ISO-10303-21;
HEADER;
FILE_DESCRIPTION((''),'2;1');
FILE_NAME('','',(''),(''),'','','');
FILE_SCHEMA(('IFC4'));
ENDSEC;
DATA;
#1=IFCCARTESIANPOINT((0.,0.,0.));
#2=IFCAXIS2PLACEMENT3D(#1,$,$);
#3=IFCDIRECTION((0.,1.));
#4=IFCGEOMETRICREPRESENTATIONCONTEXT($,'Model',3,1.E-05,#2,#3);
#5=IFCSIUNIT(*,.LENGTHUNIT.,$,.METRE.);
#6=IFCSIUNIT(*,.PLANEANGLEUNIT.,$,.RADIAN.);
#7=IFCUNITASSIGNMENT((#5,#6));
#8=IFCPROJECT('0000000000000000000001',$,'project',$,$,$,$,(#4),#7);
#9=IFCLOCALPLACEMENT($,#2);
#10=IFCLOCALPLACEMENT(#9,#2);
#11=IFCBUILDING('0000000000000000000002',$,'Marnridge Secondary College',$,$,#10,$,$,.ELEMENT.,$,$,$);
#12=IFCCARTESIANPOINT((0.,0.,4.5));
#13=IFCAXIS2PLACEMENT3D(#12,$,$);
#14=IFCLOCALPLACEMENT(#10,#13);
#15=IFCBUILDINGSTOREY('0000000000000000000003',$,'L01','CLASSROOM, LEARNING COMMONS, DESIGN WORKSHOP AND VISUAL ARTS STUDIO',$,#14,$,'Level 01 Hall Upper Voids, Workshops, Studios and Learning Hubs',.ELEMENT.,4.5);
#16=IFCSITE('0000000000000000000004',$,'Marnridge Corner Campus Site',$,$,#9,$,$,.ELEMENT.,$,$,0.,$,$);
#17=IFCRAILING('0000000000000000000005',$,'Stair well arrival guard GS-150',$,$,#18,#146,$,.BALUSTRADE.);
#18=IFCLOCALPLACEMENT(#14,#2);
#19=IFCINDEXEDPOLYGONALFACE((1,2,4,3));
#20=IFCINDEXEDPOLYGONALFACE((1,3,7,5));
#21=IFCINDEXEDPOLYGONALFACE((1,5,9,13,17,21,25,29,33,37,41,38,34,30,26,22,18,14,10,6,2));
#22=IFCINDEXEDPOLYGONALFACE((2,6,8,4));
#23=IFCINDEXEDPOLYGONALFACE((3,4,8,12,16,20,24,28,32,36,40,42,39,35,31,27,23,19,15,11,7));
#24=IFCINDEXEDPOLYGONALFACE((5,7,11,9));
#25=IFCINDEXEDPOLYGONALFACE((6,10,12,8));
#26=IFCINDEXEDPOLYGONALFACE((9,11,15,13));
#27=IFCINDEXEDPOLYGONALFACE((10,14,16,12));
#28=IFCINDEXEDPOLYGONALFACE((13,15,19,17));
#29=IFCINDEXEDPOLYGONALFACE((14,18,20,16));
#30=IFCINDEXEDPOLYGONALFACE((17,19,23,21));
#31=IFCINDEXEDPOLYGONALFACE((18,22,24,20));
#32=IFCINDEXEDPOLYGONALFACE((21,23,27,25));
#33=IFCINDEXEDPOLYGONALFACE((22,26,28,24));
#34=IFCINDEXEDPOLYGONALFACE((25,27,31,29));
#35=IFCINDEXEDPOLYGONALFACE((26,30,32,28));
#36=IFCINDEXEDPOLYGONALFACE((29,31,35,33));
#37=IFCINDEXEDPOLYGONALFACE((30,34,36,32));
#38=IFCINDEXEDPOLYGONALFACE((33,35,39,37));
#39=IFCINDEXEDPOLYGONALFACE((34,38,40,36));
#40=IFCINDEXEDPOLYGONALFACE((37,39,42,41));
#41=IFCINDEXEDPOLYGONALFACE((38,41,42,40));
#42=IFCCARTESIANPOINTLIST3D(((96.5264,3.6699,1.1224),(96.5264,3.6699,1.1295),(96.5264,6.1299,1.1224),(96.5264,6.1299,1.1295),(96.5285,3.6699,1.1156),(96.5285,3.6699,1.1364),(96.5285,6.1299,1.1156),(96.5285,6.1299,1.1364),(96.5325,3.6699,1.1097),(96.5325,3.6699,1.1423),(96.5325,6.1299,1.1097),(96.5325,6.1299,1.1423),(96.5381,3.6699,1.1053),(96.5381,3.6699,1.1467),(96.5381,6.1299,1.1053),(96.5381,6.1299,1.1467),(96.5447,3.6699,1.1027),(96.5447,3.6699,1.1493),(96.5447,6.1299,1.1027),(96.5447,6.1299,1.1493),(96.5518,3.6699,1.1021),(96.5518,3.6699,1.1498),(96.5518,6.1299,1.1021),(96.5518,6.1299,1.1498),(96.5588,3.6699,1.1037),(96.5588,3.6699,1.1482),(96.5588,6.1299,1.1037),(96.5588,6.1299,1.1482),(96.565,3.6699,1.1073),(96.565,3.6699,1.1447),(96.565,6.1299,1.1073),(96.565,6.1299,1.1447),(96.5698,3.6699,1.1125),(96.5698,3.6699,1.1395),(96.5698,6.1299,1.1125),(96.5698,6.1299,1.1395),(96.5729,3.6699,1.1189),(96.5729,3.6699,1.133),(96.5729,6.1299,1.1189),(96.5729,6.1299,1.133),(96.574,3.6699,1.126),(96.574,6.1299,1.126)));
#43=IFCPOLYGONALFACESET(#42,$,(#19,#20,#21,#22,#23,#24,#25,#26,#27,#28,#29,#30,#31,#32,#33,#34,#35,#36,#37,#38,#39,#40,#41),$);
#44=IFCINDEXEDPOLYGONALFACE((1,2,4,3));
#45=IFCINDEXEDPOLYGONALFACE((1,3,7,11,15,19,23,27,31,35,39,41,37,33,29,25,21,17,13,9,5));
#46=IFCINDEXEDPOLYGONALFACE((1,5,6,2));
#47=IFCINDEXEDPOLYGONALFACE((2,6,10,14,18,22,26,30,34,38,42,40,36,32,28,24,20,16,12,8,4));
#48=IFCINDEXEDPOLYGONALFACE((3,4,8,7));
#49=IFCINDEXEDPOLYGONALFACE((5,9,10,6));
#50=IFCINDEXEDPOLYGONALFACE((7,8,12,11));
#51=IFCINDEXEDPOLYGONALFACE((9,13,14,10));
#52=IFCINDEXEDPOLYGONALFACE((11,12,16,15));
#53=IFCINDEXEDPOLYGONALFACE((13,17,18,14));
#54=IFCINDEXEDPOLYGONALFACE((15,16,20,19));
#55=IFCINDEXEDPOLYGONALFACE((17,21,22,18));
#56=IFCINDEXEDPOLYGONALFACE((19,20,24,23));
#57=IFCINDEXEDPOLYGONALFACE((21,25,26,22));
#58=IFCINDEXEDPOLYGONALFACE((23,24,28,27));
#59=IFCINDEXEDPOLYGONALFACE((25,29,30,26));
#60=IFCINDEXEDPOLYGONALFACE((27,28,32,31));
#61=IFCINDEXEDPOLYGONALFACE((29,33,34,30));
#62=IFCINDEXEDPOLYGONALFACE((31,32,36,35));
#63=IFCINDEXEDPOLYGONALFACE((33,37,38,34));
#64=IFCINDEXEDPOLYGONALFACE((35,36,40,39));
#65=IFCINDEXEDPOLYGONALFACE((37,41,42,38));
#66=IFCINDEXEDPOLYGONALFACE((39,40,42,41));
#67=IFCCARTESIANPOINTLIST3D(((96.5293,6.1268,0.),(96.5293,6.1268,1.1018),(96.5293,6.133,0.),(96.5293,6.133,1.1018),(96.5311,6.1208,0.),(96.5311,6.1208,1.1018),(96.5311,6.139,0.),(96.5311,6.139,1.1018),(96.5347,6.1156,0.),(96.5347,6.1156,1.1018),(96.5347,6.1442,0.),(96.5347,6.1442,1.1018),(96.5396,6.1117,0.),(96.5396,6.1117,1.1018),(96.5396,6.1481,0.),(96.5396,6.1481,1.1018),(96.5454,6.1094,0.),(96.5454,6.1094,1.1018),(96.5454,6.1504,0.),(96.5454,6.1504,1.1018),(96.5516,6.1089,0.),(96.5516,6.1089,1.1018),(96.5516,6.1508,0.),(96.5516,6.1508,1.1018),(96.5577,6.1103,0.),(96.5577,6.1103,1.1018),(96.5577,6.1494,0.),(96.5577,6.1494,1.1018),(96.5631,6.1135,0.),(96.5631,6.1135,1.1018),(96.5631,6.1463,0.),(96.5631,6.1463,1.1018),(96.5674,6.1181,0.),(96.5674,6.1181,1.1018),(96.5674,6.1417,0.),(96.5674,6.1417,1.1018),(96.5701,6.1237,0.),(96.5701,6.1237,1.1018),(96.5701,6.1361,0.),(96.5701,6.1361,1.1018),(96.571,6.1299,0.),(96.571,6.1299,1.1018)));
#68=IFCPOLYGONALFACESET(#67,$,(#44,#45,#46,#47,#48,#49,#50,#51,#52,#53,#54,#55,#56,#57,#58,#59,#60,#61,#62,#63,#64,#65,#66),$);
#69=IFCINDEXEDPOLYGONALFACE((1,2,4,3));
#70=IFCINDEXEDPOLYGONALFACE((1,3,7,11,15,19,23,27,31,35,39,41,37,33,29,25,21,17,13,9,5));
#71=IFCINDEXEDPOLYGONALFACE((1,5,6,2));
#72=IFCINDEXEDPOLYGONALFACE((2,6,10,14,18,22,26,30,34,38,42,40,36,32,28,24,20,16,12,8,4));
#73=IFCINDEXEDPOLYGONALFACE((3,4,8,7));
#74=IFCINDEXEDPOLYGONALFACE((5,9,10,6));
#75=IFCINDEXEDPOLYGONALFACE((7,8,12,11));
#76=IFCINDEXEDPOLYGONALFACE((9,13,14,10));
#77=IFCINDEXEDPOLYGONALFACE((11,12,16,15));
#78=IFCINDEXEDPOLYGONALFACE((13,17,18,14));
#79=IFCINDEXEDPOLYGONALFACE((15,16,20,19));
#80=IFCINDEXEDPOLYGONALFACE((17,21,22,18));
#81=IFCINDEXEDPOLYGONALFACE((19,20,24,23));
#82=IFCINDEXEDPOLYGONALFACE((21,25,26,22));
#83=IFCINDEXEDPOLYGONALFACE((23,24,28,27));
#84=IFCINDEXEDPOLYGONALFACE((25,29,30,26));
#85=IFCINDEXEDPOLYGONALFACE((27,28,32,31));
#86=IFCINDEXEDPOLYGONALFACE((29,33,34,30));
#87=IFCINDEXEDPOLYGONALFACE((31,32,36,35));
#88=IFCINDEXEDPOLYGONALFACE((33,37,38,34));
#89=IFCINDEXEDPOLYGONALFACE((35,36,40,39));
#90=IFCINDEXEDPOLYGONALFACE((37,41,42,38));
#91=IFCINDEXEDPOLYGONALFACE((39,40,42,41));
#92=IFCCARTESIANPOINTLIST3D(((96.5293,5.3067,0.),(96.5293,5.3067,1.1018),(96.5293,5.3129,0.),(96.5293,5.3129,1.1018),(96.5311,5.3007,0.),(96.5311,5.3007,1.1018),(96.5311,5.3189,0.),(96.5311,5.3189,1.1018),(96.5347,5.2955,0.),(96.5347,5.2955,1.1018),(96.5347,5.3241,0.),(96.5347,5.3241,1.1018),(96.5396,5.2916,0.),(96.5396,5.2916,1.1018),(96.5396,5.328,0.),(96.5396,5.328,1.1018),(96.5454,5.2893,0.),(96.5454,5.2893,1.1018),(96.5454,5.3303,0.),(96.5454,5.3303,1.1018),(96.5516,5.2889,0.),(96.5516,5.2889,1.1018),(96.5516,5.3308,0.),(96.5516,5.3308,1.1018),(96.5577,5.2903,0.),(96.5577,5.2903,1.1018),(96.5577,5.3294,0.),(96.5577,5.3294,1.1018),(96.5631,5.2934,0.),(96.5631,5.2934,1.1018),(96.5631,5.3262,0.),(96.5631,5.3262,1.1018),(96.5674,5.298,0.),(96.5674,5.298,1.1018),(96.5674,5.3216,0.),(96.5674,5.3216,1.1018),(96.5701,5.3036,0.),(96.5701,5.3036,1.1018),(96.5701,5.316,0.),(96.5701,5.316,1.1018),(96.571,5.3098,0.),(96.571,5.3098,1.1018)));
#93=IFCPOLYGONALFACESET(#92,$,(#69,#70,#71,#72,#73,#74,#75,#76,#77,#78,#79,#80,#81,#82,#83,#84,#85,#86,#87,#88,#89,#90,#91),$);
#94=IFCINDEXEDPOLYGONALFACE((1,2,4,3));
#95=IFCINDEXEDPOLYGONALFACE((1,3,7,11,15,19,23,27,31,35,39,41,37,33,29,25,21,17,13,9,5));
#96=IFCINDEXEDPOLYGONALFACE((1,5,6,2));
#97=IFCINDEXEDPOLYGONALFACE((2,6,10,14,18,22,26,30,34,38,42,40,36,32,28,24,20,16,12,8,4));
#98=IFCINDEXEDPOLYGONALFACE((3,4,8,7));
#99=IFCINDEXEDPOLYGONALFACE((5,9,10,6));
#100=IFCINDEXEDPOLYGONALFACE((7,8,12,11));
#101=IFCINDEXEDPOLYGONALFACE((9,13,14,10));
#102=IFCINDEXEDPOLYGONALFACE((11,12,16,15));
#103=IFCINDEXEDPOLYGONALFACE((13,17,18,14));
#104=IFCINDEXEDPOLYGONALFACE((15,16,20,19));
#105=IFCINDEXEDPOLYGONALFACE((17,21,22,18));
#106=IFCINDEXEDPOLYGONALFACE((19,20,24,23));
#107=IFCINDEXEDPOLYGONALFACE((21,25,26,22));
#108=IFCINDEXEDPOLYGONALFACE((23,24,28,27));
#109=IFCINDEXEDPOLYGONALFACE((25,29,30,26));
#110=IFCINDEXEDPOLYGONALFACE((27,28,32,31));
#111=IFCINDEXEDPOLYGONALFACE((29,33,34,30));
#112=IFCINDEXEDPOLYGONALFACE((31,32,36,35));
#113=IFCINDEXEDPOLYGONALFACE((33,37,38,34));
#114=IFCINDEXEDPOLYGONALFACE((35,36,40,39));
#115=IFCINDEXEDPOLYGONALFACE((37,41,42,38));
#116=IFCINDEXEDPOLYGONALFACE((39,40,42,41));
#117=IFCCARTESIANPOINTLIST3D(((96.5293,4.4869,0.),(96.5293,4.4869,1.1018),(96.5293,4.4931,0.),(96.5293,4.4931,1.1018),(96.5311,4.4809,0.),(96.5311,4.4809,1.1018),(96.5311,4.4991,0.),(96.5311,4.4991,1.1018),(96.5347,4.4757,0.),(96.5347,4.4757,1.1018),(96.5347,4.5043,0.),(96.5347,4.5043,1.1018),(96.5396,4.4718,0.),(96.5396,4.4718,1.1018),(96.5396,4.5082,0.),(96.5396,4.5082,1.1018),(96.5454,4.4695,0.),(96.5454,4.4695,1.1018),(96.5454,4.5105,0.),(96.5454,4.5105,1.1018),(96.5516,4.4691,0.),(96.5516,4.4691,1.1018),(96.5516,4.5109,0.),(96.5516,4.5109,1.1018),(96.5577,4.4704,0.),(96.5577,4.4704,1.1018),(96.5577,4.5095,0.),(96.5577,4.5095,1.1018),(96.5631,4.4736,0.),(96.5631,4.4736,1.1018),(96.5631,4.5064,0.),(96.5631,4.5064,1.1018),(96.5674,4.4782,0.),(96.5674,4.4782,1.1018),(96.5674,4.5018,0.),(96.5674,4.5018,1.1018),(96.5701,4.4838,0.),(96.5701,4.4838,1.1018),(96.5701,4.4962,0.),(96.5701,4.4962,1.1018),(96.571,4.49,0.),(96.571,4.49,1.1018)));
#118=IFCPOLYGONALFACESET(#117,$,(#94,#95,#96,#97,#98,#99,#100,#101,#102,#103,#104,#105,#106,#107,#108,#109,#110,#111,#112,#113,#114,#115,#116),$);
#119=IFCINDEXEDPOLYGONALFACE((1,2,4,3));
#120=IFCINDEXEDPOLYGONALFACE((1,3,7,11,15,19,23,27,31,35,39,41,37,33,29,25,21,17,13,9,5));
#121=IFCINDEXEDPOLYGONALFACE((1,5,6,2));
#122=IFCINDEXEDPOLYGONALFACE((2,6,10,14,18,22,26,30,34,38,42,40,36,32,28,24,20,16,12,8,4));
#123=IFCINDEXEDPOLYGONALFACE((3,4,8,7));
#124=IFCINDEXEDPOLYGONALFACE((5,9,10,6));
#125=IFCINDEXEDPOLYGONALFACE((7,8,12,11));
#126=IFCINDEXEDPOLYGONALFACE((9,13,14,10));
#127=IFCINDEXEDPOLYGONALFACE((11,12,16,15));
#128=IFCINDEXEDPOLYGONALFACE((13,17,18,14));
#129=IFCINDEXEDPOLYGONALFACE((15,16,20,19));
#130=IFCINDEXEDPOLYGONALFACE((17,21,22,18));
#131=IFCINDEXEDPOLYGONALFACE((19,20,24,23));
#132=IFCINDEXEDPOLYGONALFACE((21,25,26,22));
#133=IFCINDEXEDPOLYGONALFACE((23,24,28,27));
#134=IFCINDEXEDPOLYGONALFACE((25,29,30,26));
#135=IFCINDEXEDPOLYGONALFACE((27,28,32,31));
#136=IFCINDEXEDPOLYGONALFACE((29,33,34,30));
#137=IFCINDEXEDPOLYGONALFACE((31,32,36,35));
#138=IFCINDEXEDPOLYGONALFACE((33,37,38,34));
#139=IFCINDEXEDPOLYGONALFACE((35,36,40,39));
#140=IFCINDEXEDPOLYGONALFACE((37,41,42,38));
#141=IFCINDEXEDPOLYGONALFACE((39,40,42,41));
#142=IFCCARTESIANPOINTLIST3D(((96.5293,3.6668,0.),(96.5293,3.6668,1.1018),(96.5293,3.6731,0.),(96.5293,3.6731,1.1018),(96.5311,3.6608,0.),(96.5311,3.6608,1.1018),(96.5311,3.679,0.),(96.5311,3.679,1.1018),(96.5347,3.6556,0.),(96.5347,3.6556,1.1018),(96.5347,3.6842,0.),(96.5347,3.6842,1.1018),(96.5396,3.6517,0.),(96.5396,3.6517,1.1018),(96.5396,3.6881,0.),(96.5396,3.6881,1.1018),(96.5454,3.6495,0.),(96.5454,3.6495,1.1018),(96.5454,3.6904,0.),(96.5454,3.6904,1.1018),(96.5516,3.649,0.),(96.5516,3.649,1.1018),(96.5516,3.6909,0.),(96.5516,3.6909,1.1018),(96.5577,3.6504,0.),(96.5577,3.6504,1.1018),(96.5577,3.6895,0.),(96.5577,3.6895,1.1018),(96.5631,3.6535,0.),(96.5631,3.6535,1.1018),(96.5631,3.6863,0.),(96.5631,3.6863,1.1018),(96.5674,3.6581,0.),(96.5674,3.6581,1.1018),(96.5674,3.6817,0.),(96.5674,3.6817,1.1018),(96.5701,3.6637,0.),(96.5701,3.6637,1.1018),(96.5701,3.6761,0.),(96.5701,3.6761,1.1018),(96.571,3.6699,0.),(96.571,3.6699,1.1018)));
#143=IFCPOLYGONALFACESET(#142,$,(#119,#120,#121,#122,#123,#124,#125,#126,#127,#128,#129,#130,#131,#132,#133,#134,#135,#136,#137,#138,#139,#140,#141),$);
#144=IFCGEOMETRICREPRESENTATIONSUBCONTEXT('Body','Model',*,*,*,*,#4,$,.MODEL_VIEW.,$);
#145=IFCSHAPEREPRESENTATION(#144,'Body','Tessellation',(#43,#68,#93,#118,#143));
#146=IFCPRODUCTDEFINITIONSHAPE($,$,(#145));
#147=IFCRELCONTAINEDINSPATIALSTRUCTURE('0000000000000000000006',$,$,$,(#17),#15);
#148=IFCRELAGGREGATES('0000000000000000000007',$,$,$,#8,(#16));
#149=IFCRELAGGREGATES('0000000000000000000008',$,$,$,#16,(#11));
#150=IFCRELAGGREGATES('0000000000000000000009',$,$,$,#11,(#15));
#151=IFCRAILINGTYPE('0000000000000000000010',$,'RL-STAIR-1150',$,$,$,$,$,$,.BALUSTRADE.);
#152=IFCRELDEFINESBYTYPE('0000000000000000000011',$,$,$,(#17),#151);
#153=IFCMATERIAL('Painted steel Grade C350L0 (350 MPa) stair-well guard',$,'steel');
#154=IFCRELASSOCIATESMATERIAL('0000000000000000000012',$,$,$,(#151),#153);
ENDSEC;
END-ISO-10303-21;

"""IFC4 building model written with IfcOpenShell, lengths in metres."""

from ifc_helpers import new_model, si_unit, direction, frame, origin, origin_2d, place, context, subcontext, project, spatial, circle, extrude, material, type_object, element, save


model = new_model("IFC4")

# Units and contexts
model_context = context("Model", 3, precision=1e-05, world=origin(), true_north=direction((0.0, 1.0)))
body_context = subcontext(model_context, "Body", "Model", "MODEL_VIEW")
ifc_project = project(units=[si_unit("LENGTHUNIT", "METRE"), si_unit("PLANEANGLEUNIT", "RADIAN")], contexts=[model_context])

# Site, building, storey
site_placement = place(None, origin())
site = spatial("IfcSite", under=ifc_project, at=site_placement, Name="Marnridge Corner Campus Site", CompositionType="ELEMENT", RefElevation=0.0)
building_placement = place(site_placement, origin())
building = spatial("IfcBuilding", under=site, at=building_placement, Name="Marnridge Secondary College", CompositionType="ELEMENT")
storey_placement = place(building_placement, frame((0.0, 0.0, 4.5)))
storey = spatial("IfcBuildingStorey", under=building, at=storey_placement, Name="L01", Description="CLASSROOM, LEARNING COMMONS, DESIGN WORKSHOP AND VISUAL ARTS STUDIO", LongName="Level 01 Hall Upper Voids, Workshops, Studios and Learning Hubs", CompositionType="ELEMENT", Elevation=4.5)

# Railing
ifc_material_1 = material(Name="Painted steel Grade C350L0 (350 MPa) stair-well guard", Category="steel")
railing_type_1 = type_object("IfcRailingType", Name="RL-STAIR-1150", PredefinedType="BALUSTRADE", material=ifc_material_1)
railing_1_placement = place(storey_placement, frame((96.55, 6.1299, 0.0)))
element("IfcRailing", 1, at=railing_1_placement, inside=storey, type_object=railing_type_1, Name="Stair well arrival guard GS-150", PredefinedType="BALUSTRADE", context=body_context, shape_type="SweptSolid", body=[
    extrude(circle(Radius=0.0239, at=origin_2d()), frame((0.0, 0.0, 1.126), z_axis=(0.0, -1.0, 0.0), x_axis=(1.0, 0.0, 0.0)), (0.0, 0.0, 1.0), 2.46),
    extrude(circle(Radius=0.021, at=origin_2d()), origin(), (0.0, 0.0, 1.0), 1.1018),
    extrude(circle(Radius=0.021, at=origin_2d()), frame((0.0, -0.8201, 0.0)), (0.0, 0.0, 1.0), 1.1018),
    extrude(circle(Radius=0.021, at=origin_2d()), frame((0.0, -1.6399, 0.0)), (0.0, 0.0, 1.0), 1.1018),
    extrude(circle(Radius=0.021, at=origin_2d()), frame((0.0, -2.46, 0.0)), (0.0, 0.0, 1.0), 1.1018),
])

save(model, "model.ifc")
